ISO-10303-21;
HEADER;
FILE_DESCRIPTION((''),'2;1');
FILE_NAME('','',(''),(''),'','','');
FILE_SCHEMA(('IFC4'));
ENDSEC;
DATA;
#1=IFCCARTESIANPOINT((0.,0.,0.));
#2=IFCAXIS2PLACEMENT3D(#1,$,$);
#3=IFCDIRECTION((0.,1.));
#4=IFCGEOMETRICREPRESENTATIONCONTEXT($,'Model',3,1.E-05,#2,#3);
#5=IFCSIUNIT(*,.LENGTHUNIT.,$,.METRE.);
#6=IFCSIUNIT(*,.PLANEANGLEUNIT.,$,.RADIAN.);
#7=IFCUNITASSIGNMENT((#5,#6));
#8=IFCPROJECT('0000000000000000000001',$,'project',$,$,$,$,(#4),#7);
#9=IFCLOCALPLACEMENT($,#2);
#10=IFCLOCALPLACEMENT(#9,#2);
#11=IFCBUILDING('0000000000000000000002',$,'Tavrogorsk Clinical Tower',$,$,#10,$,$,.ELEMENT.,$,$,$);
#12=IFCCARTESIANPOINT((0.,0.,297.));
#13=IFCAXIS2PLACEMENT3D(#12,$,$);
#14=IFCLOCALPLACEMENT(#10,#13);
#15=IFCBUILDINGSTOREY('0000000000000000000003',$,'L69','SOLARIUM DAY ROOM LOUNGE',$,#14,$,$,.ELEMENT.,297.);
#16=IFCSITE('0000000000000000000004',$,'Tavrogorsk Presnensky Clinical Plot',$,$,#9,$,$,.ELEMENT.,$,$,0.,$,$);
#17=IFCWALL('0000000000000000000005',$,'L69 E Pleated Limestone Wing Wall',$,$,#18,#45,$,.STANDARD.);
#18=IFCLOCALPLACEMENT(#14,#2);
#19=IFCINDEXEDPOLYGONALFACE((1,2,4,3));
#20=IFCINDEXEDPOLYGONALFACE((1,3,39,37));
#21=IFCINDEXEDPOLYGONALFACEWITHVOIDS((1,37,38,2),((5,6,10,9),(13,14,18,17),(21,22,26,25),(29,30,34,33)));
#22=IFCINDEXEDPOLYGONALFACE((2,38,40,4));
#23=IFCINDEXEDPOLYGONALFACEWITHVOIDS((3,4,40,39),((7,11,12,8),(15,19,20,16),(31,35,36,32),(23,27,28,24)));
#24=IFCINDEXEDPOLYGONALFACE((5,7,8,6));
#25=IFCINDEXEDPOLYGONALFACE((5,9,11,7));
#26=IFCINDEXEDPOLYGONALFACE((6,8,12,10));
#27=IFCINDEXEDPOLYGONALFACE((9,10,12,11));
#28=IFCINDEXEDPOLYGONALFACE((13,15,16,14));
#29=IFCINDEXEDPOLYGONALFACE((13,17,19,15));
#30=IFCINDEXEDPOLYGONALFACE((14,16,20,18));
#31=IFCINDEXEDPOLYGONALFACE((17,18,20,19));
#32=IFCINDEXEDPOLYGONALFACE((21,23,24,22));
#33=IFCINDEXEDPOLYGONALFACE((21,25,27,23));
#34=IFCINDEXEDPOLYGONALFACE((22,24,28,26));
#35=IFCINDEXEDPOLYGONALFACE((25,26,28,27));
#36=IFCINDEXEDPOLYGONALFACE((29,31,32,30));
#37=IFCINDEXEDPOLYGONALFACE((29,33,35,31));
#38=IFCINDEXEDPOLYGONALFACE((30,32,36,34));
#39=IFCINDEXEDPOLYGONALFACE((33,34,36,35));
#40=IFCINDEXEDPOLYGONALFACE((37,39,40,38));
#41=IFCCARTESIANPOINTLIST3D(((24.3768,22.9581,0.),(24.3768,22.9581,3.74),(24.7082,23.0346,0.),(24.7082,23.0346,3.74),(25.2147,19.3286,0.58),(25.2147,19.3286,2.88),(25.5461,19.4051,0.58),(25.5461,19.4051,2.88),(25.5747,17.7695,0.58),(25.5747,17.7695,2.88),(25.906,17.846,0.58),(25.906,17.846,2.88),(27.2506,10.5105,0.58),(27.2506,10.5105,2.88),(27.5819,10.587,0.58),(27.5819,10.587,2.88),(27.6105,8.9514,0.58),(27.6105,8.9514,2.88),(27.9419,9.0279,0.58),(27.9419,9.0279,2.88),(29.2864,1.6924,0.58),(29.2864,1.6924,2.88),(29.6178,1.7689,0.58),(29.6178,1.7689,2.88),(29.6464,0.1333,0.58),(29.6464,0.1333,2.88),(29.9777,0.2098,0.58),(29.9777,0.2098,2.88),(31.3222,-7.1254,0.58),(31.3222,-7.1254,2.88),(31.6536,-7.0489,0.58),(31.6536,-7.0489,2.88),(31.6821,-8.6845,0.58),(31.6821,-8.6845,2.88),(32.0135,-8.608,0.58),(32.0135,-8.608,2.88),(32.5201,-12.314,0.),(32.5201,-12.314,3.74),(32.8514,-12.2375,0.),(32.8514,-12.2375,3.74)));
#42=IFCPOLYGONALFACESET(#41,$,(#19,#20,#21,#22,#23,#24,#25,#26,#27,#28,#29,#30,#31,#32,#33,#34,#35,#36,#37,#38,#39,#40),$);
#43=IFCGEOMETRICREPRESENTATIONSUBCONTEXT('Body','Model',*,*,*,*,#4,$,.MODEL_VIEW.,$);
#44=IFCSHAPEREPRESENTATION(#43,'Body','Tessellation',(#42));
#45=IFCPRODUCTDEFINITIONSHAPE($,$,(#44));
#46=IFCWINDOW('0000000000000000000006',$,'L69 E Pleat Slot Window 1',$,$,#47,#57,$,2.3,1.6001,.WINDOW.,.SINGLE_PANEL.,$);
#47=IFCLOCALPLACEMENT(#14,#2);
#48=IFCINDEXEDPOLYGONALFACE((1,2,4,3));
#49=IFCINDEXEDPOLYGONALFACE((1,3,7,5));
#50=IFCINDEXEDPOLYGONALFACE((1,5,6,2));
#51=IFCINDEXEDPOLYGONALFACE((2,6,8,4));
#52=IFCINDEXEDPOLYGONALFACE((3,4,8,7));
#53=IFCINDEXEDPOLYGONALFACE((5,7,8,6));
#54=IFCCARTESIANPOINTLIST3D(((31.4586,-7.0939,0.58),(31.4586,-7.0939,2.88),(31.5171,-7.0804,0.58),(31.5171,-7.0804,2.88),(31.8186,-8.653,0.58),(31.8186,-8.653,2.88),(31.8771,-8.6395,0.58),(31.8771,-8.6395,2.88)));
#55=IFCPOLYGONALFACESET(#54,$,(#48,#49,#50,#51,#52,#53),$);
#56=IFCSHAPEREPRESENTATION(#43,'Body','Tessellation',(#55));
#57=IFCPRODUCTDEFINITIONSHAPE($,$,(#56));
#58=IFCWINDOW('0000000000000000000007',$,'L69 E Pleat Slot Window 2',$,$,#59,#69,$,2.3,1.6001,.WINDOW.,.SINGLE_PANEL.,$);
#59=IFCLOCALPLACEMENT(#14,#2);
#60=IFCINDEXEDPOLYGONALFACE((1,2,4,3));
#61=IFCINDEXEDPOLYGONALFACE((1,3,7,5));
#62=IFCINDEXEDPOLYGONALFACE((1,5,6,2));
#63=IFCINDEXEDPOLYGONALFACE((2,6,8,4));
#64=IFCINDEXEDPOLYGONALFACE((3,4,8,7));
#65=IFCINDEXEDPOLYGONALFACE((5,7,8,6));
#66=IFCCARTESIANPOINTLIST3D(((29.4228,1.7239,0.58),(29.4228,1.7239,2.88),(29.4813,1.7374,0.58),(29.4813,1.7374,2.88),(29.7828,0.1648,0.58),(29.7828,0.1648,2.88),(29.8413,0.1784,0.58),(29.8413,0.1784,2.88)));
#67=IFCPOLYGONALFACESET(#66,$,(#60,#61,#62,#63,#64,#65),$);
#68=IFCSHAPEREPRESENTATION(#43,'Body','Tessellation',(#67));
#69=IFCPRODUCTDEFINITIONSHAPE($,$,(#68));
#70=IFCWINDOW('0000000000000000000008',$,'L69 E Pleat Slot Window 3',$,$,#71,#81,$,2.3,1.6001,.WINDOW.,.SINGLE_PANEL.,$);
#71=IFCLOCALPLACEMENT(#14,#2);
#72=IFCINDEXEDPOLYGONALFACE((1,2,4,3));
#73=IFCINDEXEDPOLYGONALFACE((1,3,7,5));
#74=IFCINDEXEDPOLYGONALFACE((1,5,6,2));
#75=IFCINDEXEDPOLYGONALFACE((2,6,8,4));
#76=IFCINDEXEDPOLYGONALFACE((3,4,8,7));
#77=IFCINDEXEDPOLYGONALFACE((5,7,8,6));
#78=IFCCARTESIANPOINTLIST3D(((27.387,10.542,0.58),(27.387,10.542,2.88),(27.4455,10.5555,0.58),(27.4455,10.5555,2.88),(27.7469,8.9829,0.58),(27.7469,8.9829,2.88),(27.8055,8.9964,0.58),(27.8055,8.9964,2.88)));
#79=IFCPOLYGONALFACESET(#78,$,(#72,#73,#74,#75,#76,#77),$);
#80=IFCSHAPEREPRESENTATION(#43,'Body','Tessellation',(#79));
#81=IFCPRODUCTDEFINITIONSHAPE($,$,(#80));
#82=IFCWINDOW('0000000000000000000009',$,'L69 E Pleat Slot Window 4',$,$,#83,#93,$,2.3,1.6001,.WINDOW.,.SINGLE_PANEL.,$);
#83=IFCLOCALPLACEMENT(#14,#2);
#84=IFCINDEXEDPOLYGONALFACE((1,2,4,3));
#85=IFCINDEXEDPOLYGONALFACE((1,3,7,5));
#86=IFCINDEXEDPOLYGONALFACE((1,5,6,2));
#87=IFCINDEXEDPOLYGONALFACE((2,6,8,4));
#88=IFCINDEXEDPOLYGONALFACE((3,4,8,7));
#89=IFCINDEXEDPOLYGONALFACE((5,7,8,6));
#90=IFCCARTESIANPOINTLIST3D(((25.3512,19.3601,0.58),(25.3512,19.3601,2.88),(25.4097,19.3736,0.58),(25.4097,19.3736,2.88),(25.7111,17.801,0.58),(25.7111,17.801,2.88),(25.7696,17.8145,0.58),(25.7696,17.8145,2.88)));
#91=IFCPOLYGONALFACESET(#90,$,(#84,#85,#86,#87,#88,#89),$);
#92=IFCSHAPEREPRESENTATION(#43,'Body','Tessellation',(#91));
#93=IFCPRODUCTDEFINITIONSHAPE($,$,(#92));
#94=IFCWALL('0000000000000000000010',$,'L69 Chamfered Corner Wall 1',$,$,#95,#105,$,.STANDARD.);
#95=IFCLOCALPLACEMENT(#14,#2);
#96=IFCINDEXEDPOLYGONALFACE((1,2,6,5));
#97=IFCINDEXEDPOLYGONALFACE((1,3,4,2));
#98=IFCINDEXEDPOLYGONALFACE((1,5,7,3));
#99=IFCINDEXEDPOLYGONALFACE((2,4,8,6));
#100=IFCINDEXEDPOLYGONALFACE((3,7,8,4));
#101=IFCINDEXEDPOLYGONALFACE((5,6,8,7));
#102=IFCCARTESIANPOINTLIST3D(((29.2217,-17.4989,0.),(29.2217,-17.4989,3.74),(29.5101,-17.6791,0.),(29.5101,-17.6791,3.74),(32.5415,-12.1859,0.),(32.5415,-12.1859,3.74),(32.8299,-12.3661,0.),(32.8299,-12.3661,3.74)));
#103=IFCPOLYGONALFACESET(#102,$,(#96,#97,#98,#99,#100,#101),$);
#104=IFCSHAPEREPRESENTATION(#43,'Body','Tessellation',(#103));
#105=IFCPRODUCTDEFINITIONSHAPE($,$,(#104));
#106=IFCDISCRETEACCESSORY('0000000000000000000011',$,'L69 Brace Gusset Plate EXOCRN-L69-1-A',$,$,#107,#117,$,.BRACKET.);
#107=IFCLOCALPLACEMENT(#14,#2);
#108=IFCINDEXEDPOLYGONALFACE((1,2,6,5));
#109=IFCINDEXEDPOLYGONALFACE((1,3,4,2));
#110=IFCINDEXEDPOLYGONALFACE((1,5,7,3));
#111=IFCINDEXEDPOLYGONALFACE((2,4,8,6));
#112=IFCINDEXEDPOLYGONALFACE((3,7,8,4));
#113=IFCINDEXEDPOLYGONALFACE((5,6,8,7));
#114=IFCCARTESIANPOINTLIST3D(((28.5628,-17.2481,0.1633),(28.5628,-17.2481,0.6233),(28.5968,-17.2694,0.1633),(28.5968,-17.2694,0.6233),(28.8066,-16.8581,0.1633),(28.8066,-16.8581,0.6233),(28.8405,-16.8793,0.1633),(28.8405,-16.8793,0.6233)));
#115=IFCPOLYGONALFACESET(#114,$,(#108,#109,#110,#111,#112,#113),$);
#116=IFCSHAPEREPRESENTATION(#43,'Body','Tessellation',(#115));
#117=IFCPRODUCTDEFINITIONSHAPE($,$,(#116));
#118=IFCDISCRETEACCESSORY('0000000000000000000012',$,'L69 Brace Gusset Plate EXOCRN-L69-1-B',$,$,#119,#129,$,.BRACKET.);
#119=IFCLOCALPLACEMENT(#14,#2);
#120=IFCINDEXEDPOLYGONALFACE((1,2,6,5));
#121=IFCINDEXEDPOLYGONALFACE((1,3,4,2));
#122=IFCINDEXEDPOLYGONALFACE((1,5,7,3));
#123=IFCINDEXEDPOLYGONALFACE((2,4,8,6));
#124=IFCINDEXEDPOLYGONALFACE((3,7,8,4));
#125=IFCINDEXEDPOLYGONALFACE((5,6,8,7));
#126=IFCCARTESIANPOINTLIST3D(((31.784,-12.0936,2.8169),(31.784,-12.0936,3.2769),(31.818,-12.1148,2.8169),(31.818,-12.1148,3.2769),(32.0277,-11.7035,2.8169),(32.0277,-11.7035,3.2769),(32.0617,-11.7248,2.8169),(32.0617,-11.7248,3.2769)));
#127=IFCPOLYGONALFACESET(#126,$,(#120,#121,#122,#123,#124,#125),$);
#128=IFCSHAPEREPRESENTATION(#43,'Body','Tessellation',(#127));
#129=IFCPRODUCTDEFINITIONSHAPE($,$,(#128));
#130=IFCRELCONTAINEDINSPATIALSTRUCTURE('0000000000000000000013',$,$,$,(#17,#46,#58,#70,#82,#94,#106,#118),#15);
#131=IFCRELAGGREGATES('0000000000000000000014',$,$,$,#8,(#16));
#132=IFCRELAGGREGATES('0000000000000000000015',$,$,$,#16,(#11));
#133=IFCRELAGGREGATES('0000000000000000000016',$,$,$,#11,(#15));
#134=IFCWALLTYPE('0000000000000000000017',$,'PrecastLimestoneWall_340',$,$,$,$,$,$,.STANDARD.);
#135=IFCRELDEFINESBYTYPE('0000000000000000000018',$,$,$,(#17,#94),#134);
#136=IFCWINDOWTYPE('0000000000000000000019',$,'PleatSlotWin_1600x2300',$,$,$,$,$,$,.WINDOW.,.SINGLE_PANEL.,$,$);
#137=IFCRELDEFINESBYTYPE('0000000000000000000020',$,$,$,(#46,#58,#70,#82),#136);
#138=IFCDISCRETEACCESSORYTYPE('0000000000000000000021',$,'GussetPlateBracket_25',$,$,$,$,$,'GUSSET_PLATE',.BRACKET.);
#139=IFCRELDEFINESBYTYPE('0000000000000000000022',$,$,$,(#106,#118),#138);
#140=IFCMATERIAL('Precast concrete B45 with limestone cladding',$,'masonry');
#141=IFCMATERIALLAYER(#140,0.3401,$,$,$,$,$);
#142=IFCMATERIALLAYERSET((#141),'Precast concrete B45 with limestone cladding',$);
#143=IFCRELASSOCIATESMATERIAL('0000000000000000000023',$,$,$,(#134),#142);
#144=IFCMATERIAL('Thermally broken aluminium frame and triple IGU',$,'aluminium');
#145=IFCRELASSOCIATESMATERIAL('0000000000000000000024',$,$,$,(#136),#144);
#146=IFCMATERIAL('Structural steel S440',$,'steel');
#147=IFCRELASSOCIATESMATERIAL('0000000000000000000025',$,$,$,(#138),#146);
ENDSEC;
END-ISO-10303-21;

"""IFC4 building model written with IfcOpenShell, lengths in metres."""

from ifc_helpers import new_model, si_unit, direction, frame, frame_2d, origin, origin_2d, place, context, subcontext, project, spatial, rectangle, extrude, material, layer, layer_set, type_object, element, fill, save


model = new_model("IFC4")

# Units and contexts
model_context = context("Model", 3, precision=1e-05, world=origin(), true_north=direction((0.0, 1.0)))
body_context = subcontext(model_context, "Body", "Model", "MODEL_VIEW")
ifc_project = project(units=[si_unit("LENGTHUNIT", "METRE"), si_unit("PLANEANGLEUNIT", "RADIAN")], contexts=[model_context])

# Site, building, storey
site_placement = place(None, origin())
site = spatial("IfcSite", under=ifc_project, at=site_placement, Name="Tavrogorsk Presnensky Clinical Plot", CompositionType="ELEMENT", RefElevation=0.0)
building_placement = place(site_placement, origin())
building = spatial("IfcBuilding", under=site, at=building_placement, Name="Tavrogorsk Clinical Tower", CompositionType="ELEMENT")
storey_placement = place(building_placement, frame((0.0, 0.0, 297.0)))
storey = spatial("IfcBuildingStorey", under=building, at=storey_placement, Name="L69", Description="SOLARIUM DAY ROOM LOUNGE", CompositionType="ELEMENT", Elevation=297.0)

# Wall, openings, windows
ifc_material_1 = material(Name="Precast concrete B45 with limestone cladding", Category="masonry")
ifc_layer_1 = layer(ifc_material_1, 0.3401)
ifc_layer_set_1 = layer_set([ifc_layer_1], Name="Precast concrete B45 with limestone cladding")
wall_type_1 = type_object("IfcWallType", Name="PrecastLimestoneWall_340", PredefinedType="STANDARD", material=ifc_layer_set_1)
wall_1_placement = place(storey_placement, frame((32.6858, -12.2759, 0.0), z_axis=(0.0, 0.0, 1.0), x_axis=(-0.224953, 0.97437, 0.0)))
wall_1 = element("IfcWall", 1, at=wall_1_placement, inside=storey, type_object=wall_type_1, Name="L69 E Pleated Limestone Wing Wall", PredefinedType="STANDARD", context=body_context, shape_type="SweptSolid", body=[
    extrude(rectangle(XDim=36.2, YDim=0.3401, at=frame_2d((18.1001, 0.0))), origin(), (0.0, 0.0, 1.0), 3.74),
])
opening_1_placement = place(wall_1_placement, frame((3.7251, 0.0, 0.5801)))
opening_1 = element("IfcOpeningElement", 2, at=opening_1_placement, cuts=wall_1, PredefinedType="OPENING", context=body_context, shape_type="SweptSolid", body=[
    extrude(rectangle(XDim=1.6001, YDim=2.3, at=frame_2d((0.8, 1.1499))), frame((0.0, 0.1799, 0.0), z_axis=(0.0, -1.0, 0.0), x_axis=(1.0, 0.0, 0.0)), (0.0, 0.0, 1.0), 0.3601),
])
opening_2_placement = place(wall_1_placement, frame((12.7749, 0.0, 0.5801)))
opening_2 = element("IfcOpeningElement", 3, at=opening_2_placement, cuts=wall_1, PredefinedType="OPENING", context=body_context, shape_type="SweptSolid", body=[
    extrude(rectangle(XDim=1.6001, YDim=2.3, at=frame_2d((0.8, 1.1499))), frame((0.0, 0.1799, 0.0), z_axis=(0.0, -1.0, 0.0), x_axis=(1.0, 0.0, 0.0)), (0.0, 0.0, 1.0), 0.3601),
])
opening_3_placement = place(wall_1_placement, frame((21.825, 0.0, 0.5801)))
opening_3 = element("IfcOpeningElement", 4, at=opening_3_placement, cuts=wall_1, PredefinedType="OPENING", context=body_context, shape_type="SweptSolid", body=[
    extrude(rectangle(XDim=1.6001, YDim=2.3, at=frame_2d((0.8, 1.1499))), frame((0.0, 0.1799, 0.0), z_axis=(0.0, -1.0, 0.0), x_axis=(1.0, 0.0, 0.0)), (0.0, 0.0, 1.0), 0.3601),
])
opening_4_placement = place(wall_1_placement, frame((30.875, 0.0, 0.5801)))
opening_4 = element("IfcOpeningElement", 5, at=opening_4_placement, cuts=wall_1, PredefinedType="OPENING", context=body_context, shape_type="SweptSolid", body=[
    extrude(rectangle(XDim=1.6001, YDim=2.3, at=frame_2d((0.8, 1.1499))), frame((0.0, 0.1799, 0.0), z_axis=(0.0, -1.0, 0.0), x_axis=(1.0, 0.0, 0.0)), (0.0, 0.0, 1.0), 0.3601),
])
ifc_material_2 = material(Name="Thermally broken aluminium frame and triple IGU", Category="aluminium")
window_type = type_object("IfcWindowType", Name="PleatSlotWin_1600x2300", PartitioningType="SINGLE_PANEL", PredefinedType="WINDOW", material=ifc_material_2)
window_1_placement = place(opening_1_placement, origin())
window_1 = element("IfcWindow", 6, at=window_1_placement, inside=storey, type_object=window_type, Name="L69 E Pleat Slot Window 1", OverallHeight=2.3, OverallWidth=1.6001, PartitioningType="SINGLE_PANEL", PredefinedType="WINDOW", context=body_context, shape_type="SweptSolid", body=[
    extrude(rectangle(XDim=1.6001, YDim=2.3, at=frame_2d((0.8, 1.1499))), frame((0.0, 0.03, 0.0), z_axis=(0.0, -1.0, 0.0), x_axis=(1.0, 0.0, 0.0)), (0.0, 0.0, 1.0), 0.0601),
])
fill(opening_1, window_1)
window_2_placement = place(opening_2_placement, origin())
window_2 = element("IfcWindow", 7, at=window_2_placement, inside=storey, type_object=window_type, Name="L69 E Pleat Slot Window 2", OverallHeight=2.3, OverallWidth=1.6001, PartitioningType="SINGLE_PANEL", PredefinedType="WINDOW", context=body_context, shape_type="SweptSolid", body=[
    extrude(rectangle(XDim=1.6001, YDim=2.3, at=frame_2d((0.8, 1.1499))), frame((0.0, 0.03, 0.0), z_axis=(0.0, -1.0, 0.0), x_axis=(1.0, 0.0, 0.0)), (0.0, 0.0, 1.0), 0.0601),
])
fill(opening_2, window_2)
window_3_placement = place(opening_3_placement, origin())
window_3 = element("IfcWindow", 8, at=window_3_placement, inside=storey, type_object=window_type, Name="L69 E Pleat Slot Window 3", OverallHeight=2.3, OverallWidth=1.6001, PartitioningType="SINGLE_PANEL", PredefinedType="WINDOW", context=body_context, shape_type="SweptSolid", body=[
    extrude(rectangle(XDim=1.6001, YDim=2.3, at=frame_2d((0.8, 1.1499))), frame((0.0, 0.03, 0.0), z_axis=(0.0, -1.0, 0.0), x_axis=(1.0, 0.0, 0.0)), (0.0, 0.0, 1.0), 0.0601),
])
fill(opening_3, window_3)
window_4_placement = place(opening_4_placement, origin())
window_4 = element("IfcWindow", 9, at=window_4_placement, inside=storey, type_object=window_type, Name="L69 E Pleat Slot Window 4", OverallHeight=2.3, OverallWidth=1.6001, PartitioningType="SINGLE_PANEL", PredefinedType="WINDOW", context=body_context, shape_type="SweptSolid", body=[
    extrude(rectangle(XDim=1.6001, YDim=2.3, at=frame_2d((0.8, 1.1499))), frame((0.0, 0.03, 0.0), z_axis=(0.0, -1.0, 0.0), x_axis=(1.0, 0.0, 0.0)), (0.0, 0.0, 1.0), 0.0601),
])
fill(opening_4, window_4)

# Wall
wall_2_placement = place(storey_placement, frame((29.366, -17.5889, 0.0), z_axis=(0.0, 0.0, 1.0), x_axis=(0.529908, 0.848055, 0.0)))
element("IfcWall", 10, at=wall_2_placement, inside=storey, type_object=wall_type_1, Name="L69 Chamfered Corner Wall 1", PredefinedType="STANDARD", context=body_context, shape_type="SweptSolid", body=[
    extrude(rectangle(XDim=6.2649, YDim=0.3401, at=frame_2d((3.1323, 0.0))), origin(), (0.0, 0.0, 1.0), 3.74),
])

# Discrete accessories
ifc_material_3 = material(Name="Structural steel S440", Category="steel")
discrete_accessory_type = type_object("IfcDiscreteAccessoryType", Name="GussetPlateBracket_25", ElementType="GUSSET_PLATE", PredefinedType="BRACKET", material=ifc_material_3)
for number, where, z_axis, x_axis, name in (
    (11, (28.7017, -17.0637, 0.1633), (0.0, 0.0, 1.0), (0.529919, 0.848048, 0.0), "L69 Brace Gusset Plate EXOCRN-L69-1-A"),
    (12, (31.9229, -11.9092, 2.8169), (0.0, 0.0, 1.0), (0.529919, 0.848048, 0.0), "L69 Brace Gusset Plate EXOCRN-L69-1-B"),
):
    element("IfcDiscreteAccessory", number, at=place(storey_placement, frame(where, z_axis=z_axis, x_axis=x_axis)), inside=storey, type_object=discrete_accessory_type, Name=name, PredefinedType="BRACKET", context=body_context, shape_type="SweptSolid", body=[
        extrude(rectangle(XDim=0.46, YDim=0.04, at=origin_2d()), origin(), (0.0, 0.0, 1.0), 0.46),
    ])

save(model, "model.ifc")
